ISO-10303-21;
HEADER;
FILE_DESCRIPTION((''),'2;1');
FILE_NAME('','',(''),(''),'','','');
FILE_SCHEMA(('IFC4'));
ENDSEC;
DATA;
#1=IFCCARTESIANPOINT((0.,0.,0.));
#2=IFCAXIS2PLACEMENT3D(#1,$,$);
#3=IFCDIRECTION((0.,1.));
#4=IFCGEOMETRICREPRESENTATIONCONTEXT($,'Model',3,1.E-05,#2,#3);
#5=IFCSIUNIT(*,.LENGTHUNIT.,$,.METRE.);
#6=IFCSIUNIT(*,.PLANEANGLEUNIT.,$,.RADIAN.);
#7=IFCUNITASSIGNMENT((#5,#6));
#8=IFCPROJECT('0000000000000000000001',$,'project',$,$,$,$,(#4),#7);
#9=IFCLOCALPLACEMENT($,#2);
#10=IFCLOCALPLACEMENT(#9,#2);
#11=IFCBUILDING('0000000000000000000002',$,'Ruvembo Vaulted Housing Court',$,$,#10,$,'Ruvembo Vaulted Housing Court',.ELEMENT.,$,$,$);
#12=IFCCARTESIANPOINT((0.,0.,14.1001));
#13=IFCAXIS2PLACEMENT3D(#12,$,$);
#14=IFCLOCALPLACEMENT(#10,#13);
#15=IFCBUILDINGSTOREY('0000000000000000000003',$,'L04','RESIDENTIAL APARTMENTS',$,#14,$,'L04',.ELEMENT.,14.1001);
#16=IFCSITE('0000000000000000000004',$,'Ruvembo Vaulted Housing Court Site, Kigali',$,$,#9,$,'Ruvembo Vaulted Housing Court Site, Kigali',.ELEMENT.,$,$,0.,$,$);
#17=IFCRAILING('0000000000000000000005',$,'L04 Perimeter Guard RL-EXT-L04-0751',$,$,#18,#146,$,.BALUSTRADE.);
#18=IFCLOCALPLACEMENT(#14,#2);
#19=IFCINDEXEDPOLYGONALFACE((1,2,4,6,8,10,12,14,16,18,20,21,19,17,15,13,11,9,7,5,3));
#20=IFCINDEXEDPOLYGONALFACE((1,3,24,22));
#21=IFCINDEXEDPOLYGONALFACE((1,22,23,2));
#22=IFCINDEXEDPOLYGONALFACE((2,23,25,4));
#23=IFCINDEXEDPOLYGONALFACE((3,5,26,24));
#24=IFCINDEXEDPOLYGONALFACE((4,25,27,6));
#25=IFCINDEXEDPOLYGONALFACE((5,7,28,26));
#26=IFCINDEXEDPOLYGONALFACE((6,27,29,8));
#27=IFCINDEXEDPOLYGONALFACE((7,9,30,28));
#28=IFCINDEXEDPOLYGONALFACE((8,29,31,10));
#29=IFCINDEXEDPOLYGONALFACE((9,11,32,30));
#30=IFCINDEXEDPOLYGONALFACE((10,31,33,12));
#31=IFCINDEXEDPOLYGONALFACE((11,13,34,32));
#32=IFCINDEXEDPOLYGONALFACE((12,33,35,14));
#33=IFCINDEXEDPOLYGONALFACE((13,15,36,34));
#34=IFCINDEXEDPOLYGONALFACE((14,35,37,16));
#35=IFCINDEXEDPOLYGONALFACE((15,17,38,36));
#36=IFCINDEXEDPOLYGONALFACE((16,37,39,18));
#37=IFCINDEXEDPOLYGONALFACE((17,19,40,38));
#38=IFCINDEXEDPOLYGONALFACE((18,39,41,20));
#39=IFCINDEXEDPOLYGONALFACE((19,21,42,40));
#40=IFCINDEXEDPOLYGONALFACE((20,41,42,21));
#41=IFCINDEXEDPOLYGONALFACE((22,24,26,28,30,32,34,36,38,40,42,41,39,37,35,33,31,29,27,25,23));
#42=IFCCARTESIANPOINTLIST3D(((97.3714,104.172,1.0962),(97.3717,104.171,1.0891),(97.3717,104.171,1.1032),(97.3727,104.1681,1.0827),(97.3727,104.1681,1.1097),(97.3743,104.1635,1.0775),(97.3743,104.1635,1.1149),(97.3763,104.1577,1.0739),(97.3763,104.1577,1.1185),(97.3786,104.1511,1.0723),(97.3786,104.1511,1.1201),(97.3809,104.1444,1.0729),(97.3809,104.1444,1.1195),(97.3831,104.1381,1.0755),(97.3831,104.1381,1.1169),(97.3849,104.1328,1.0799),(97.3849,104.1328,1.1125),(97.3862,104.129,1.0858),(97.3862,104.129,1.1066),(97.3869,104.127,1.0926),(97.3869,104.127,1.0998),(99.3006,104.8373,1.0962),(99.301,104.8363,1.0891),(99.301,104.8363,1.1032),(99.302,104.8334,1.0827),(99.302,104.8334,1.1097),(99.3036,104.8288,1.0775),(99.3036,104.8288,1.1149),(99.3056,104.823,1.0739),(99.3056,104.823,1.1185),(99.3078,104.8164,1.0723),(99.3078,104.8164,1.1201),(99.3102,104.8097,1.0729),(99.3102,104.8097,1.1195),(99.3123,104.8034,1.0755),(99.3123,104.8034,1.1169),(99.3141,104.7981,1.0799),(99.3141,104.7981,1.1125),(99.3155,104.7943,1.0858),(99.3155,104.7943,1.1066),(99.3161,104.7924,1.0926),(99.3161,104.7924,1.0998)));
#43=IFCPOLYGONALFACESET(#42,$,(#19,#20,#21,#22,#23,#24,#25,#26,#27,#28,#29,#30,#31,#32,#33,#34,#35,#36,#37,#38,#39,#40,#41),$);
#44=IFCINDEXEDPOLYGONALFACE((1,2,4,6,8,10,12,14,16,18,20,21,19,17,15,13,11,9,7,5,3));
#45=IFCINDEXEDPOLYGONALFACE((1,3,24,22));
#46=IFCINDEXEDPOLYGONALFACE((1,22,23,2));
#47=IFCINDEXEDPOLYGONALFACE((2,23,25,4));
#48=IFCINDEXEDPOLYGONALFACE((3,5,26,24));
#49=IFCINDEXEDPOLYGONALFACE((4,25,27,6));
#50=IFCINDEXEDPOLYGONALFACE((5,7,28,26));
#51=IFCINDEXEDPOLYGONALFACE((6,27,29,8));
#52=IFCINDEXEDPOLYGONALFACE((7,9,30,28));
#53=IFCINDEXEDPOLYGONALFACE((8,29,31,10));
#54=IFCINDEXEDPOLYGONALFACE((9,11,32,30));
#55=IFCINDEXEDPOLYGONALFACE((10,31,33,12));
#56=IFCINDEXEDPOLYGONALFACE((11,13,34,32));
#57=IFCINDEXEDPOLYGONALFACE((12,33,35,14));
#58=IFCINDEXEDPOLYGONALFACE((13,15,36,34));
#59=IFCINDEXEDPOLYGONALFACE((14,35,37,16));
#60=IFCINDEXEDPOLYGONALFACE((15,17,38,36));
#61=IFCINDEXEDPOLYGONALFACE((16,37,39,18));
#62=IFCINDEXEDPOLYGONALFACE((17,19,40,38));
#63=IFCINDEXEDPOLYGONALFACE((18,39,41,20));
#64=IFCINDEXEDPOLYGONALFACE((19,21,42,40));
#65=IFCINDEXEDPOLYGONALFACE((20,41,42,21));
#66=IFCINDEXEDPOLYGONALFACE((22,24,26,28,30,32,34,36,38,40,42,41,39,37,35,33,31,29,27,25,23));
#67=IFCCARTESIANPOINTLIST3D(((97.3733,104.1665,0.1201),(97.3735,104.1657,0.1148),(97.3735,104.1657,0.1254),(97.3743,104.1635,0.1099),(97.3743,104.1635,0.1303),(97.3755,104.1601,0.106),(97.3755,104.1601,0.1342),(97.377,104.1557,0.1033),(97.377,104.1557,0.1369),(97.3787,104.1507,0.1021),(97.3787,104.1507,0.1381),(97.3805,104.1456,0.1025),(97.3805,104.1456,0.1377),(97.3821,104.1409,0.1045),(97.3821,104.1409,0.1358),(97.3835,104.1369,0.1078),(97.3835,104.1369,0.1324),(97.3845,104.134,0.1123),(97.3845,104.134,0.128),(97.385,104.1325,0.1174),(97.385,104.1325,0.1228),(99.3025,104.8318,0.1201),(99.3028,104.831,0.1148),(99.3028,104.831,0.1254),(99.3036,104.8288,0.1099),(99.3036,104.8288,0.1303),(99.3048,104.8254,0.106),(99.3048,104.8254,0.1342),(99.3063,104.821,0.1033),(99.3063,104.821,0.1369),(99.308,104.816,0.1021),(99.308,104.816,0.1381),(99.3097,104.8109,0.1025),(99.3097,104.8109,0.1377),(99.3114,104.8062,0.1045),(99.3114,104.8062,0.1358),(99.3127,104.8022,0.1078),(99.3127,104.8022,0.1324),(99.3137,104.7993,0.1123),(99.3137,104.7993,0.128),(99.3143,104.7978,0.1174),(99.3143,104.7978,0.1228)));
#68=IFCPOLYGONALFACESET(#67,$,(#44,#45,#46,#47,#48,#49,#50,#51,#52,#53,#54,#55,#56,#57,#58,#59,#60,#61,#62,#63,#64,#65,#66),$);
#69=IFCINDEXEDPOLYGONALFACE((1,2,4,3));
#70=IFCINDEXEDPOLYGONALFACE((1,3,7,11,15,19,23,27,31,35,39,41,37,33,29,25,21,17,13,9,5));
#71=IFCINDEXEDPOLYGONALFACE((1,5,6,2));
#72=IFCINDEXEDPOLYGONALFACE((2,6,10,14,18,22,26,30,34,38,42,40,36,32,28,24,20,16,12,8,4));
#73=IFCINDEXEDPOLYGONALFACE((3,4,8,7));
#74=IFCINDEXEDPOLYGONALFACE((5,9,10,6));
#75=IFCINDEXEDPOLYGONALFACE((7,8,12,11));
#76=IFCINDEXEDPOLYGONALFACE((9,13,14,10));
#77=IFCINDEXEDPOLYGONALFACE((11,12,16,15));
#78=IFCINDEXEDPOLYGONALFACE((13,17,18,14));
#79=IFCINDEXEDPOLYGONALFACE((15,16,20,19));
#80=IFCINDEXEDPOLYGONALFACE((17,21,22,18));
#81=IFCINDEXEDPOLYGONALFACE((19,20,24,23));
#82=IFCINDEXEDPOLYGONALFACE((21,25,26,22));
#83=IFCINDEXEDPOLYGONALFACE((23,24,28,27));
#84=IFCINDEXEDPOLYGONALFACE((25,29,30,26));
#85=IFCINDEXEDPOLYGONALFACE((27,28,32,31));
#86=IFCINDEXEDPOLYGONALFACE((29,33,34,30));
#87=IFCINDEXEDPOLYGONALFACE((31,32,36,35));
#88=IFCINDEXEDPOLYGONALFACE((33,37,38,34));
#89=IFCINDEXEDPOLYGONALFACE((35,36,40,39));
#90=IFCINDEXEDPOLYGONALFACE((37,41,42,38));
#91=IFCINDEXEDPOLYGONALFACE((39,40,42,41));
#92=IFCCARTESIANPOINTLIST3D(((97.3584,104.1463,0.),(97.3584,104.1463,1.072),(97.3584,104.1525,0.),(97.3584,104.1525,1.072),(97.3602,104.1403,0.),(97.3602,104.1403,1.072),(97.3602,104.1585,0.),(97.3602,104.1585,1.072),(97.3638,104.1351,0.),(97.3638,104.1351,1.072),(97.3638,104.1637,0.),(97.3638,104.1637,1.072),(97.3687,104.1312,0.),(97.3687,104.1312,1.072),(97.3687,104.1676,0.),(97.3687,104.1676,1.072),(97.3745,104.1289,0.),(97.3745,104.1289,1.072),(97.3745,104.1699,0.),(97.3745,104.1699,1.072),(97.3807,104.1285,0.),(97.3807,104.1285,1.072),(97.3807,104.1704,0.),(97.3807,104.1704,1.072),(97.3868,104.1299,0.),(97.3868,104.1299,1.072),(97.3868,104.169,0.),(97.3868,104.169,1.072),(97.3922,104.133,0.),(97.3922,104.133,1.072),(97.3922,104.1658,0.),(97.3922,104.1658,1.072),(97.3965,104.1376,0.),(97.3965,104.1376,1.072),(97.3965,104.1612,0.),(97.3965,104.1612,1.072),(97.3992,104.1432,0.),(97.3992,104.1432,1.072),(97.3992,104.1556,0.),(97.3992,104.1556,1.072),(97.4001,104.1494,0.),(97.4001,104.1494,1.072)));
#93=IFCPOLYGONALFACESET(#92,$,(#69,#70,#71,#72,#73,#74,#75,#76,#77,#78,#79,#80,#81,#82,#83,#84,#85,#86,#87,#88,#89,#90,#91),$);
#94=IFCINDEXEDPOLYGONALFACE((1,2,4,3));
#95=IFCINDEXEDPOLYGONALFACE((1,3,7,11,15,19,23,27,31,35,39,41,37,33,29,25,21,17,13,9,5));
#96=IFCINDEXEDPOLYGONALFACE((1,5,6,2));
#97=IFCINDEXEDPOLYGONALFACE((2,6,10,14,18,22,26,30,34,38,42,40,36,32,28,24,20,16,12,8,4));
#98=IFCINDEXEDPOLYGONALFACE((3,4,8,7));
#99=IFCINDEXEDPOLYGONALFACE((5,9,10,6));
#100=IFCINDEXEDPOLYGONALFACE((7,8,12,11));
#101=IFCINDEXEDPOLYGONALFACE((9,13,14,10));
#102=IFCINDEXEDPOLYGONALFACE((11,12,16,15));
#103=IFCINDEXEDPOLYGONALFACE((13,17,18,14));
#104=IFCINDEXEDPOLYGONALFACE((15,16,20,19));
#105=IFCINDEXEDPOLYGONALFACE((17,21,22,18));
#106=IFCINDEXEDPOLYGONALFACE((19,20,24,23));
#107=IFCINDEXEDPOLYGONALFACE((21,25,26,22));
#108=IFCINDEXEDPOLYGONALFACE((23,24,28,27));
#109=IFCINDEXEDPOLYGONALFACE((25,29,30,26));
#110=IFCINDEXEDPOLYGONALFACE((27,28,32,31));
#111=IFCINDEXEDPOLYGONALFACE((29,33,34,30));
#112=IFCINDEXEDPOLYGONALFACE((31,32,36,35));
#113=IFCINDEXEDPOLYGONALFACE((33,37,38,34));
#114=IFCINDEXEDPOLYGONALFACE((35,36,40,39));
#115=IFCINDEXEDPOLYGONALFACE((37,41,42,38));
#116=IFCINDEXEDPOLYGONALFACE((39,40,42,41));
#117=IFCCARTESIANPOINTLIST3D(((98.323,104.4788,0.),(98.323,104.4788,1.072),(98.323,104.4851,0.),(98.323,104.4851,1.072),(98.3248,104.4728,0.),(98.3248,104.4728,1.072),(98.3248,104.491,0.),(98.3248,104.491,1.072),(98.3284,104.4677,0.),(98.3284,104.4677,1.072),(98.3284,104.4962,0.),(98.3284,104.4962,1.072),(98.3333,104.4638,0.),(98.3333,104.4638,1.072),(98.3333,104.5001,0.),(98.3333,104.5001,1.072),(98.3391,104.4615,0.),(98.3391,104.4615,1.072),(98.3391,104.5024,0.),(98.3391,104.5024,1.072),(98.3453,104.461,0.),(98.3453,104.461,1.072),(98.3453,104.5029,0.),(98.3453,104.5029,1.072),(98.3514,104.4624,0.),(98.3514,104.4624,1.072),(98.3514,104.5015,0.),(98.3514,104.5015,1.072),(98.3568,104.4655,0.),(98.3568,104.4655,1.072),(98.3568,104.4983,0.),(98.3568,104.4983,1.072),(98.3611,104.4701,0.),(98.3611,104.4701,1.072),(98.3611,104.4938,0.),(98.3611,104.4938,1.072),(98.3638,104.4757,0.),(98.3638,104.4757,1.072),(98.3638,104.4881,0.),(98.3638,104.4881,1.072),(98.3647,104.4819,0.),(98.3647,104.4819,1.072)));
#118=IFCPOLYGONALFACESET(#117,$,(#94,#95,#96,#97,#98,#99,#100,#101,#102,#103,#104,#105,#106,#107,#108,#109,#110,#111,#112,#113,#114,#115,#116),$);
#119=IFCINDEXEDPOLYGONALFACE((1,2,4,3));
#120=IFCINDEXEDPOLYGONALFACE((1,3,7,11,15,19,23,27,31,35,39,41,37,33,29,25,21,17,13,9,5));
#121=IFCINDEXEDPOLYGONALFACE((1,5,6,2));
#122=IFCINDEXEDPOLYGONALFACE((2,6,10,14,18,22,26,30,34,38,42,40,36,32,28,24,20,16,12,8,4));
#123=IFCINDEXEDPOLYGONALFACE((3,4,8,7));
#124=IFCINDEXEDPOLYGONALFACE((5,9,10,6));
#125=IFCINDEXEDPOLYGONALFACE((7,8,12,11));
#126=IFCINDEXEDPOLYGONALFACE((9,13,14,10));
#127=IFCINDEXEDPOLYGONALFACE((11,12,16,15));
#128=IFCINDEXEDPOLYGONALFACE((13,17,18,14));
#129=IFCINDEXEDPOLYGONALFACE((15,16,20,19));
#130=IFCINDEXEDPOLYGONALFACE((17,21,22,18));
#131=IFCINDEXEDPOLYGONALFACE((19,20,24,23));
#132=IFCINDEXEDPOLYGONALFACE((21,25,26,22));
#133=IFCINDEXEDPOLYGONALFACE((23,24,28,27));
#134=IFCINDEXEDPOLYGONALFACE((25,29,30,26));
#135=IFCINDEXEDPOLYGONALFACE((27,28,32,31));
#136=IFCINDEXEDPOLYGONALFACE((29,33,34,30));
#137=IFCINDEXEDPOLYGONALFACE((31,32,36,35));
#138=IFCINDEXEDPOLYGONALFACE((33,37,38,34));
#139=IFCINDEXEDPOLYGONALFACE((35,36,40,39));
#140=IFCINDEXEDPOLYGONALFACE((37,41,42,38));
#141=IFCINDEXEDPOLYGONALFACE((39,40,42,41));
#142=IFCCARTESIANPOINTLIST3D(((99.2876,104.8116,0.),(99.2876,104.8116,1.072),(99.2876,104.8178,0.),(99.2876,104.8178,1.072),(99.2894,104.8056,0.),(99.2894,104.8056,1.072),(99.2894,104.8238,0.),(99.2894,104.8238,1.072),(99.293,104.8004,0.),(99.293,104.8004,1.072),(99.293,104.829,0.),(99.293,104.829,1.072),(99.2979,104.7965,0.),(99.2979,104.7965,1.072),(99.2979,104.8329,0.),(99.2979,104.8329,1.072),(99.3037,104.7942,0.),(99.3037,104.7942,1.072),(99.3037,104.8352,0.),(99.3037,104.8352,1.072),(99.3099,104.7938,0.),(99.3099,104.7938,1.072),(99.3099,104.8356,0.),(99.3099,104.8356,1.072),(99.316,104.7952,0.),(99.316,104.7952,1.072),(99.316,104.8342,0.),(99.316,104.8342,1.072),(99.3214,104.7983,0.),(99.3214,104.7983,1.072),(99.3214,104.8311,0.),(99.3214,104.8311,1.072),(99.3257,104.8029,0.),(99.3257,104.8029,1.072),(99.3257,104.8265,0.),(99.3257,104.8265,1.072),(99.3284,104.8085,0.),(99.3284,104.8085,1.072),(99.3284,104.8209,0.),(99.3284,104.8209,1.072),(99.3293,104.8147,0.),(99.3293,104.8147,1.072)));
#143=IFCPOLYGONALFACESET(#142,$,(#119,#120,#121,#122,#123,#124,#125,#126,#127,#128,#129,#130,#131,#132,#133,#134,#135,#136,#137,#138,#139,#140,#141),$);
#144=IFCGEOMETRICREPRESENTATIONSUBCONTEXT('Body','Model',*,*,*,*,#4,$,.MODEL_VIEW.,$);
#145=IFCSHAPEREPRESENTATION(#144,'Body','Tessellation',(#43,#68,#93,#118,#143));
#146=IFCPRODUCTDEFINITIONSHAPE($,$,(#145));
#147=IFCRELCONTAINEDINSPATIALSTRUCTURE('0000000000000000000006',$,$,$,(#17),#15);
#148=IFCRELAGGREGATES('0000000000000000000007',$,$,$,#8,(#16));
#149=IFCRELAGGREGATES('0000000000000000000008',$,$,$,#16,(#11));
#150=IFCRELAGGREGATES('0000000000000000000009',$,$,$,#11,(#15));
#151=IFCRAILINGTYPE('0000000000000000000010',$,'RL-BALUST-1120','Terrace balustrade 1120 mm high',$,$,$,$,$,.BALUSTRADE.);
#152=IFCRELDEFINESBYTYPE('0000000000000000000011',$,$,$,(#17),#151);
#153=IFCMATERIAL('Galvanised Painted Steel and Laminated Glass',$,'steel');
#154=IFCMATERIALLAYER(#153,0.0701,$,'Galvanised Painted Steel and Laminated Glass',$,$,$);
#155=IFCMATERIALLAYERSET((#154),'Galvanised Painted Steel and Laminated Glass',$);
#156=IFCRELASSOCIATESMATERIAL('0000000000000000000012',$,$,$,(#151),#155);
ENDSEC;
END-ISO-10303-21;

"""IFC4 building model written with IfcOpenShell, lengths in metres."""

from ifc_helpers import new_model, si_unit, direction, frame, origin, origin_2d, place, context, subcontext, project, spatial, circle, extrude, material, layer, layer_set, type_object, element, save


model = new_model("IFC4")

# Units and contexts
model_context = context("Model", 3, precision=1e-05, world=origin(), true_north=direction((0.0, 1.0)))
body_context = subcontext(model_context, "Body", "Model", "MODEL_VIEW")
ifc_project = project(units=[si_unit("LENGTHUNIT", "METRE"), si_unit("PLANEANGLEUNIT", "RADIAN")], contexts=[model_context])

# Site, building, storey
site_placement = place(None, origin())
site = spatial("IfcSite", under=ifc_project, at=site_placement, Name="Ruvembo Vaulted Housing Court Site, Kigali", LongName="Ruvembo Vaulted Housing Court Site, Kigali", CompositionType="ELEMENT", RefElevation=0.0)
building_placement = place(site_placement, origin())
building = spatial("IfcBuilding", under=site, at=building_placement, Name="Ruvembo Vaulted Housing Court", LongName="Ruvembo Vaulted Housing Court", CompositionType="ELEMENT")
storey_placement = place(building_placement, frame((0.0, 0.0, 14.1001)))
storey = spatial("IfcBuildingStorey", under=building, at=storey_placement, Name="L04", Description="RESIDENTIAL APARTMENTS", LongName="L04", CompositionType="ELEMENT", Elevation=14.1001)

# Railing
ifc_material_1 = material(Name="Galvanised Painted Steel and Laminated Glass", Category="steel")
ifc_layer_1 = layer(ifc_material_1, 0.0701, Name="Galvanised Painted Steel and Laminated Glass")
ifc_layer_set_1 = layer_set([ifc_layer_1], Name="Galvanised Painted Steel and Laminated Glass")
railing_type = type_object("IfcRailingType", Name="RL-BALUST-1120", Description="Terrace balustrade 1120 mm high", PredefinedType="BALUSTRADE", material=ifc_layer_set_1)
railing_1_placement = place(storey_placement, frame((97.3792, 104.1494, 0.0)))
element("IfcRailing", 1, at=railing_1_placement, inside=storey, type_object=railing_type, Name="L04 Perimeter Guard RL-EXT-L04-0751", PredefinedType="BALUSTRADE", context=body_context, shape_type="SweptSolid", body=[
    extrude(circle(Radius=0.0239, at=origin_2d()), frame((0.0, 0.0, 1.0962), z_axis=(0.945367, 0.326009, 0.0), x_axis=(-0.326009, 0.945367, 0.0)), (0.0, 0.0, 1.0), 2.0408),
    extrude(circle(Radius=0.0181, at=origin_2d()), frame((0.0, 0.0, 0.1201), z_axis=(0.945367, 0.326009, 0.0), x_axis=(-0.326009, 0.945367, 0.0)), (0.0, 0.0, 1.0), 2.0408),
    extrude(circle(Radius=0.021, at=origin_2d()), origin(), (0.0, 0.0, 1.0), 1.072),
    extrude(circle(Radius=0.021, at=origin_2d()), frame((0.9646, 0.3325, 0.0)), (0.0, 0.0, 1.0), 1.072),
    extrude(circle(Radius=0.021, at=origin_2d()), frame((1.9292, 0.6653, 0.0)), (0.0, 0.0, 1.0), 1.072),
])

save(model, "model.ifc")
